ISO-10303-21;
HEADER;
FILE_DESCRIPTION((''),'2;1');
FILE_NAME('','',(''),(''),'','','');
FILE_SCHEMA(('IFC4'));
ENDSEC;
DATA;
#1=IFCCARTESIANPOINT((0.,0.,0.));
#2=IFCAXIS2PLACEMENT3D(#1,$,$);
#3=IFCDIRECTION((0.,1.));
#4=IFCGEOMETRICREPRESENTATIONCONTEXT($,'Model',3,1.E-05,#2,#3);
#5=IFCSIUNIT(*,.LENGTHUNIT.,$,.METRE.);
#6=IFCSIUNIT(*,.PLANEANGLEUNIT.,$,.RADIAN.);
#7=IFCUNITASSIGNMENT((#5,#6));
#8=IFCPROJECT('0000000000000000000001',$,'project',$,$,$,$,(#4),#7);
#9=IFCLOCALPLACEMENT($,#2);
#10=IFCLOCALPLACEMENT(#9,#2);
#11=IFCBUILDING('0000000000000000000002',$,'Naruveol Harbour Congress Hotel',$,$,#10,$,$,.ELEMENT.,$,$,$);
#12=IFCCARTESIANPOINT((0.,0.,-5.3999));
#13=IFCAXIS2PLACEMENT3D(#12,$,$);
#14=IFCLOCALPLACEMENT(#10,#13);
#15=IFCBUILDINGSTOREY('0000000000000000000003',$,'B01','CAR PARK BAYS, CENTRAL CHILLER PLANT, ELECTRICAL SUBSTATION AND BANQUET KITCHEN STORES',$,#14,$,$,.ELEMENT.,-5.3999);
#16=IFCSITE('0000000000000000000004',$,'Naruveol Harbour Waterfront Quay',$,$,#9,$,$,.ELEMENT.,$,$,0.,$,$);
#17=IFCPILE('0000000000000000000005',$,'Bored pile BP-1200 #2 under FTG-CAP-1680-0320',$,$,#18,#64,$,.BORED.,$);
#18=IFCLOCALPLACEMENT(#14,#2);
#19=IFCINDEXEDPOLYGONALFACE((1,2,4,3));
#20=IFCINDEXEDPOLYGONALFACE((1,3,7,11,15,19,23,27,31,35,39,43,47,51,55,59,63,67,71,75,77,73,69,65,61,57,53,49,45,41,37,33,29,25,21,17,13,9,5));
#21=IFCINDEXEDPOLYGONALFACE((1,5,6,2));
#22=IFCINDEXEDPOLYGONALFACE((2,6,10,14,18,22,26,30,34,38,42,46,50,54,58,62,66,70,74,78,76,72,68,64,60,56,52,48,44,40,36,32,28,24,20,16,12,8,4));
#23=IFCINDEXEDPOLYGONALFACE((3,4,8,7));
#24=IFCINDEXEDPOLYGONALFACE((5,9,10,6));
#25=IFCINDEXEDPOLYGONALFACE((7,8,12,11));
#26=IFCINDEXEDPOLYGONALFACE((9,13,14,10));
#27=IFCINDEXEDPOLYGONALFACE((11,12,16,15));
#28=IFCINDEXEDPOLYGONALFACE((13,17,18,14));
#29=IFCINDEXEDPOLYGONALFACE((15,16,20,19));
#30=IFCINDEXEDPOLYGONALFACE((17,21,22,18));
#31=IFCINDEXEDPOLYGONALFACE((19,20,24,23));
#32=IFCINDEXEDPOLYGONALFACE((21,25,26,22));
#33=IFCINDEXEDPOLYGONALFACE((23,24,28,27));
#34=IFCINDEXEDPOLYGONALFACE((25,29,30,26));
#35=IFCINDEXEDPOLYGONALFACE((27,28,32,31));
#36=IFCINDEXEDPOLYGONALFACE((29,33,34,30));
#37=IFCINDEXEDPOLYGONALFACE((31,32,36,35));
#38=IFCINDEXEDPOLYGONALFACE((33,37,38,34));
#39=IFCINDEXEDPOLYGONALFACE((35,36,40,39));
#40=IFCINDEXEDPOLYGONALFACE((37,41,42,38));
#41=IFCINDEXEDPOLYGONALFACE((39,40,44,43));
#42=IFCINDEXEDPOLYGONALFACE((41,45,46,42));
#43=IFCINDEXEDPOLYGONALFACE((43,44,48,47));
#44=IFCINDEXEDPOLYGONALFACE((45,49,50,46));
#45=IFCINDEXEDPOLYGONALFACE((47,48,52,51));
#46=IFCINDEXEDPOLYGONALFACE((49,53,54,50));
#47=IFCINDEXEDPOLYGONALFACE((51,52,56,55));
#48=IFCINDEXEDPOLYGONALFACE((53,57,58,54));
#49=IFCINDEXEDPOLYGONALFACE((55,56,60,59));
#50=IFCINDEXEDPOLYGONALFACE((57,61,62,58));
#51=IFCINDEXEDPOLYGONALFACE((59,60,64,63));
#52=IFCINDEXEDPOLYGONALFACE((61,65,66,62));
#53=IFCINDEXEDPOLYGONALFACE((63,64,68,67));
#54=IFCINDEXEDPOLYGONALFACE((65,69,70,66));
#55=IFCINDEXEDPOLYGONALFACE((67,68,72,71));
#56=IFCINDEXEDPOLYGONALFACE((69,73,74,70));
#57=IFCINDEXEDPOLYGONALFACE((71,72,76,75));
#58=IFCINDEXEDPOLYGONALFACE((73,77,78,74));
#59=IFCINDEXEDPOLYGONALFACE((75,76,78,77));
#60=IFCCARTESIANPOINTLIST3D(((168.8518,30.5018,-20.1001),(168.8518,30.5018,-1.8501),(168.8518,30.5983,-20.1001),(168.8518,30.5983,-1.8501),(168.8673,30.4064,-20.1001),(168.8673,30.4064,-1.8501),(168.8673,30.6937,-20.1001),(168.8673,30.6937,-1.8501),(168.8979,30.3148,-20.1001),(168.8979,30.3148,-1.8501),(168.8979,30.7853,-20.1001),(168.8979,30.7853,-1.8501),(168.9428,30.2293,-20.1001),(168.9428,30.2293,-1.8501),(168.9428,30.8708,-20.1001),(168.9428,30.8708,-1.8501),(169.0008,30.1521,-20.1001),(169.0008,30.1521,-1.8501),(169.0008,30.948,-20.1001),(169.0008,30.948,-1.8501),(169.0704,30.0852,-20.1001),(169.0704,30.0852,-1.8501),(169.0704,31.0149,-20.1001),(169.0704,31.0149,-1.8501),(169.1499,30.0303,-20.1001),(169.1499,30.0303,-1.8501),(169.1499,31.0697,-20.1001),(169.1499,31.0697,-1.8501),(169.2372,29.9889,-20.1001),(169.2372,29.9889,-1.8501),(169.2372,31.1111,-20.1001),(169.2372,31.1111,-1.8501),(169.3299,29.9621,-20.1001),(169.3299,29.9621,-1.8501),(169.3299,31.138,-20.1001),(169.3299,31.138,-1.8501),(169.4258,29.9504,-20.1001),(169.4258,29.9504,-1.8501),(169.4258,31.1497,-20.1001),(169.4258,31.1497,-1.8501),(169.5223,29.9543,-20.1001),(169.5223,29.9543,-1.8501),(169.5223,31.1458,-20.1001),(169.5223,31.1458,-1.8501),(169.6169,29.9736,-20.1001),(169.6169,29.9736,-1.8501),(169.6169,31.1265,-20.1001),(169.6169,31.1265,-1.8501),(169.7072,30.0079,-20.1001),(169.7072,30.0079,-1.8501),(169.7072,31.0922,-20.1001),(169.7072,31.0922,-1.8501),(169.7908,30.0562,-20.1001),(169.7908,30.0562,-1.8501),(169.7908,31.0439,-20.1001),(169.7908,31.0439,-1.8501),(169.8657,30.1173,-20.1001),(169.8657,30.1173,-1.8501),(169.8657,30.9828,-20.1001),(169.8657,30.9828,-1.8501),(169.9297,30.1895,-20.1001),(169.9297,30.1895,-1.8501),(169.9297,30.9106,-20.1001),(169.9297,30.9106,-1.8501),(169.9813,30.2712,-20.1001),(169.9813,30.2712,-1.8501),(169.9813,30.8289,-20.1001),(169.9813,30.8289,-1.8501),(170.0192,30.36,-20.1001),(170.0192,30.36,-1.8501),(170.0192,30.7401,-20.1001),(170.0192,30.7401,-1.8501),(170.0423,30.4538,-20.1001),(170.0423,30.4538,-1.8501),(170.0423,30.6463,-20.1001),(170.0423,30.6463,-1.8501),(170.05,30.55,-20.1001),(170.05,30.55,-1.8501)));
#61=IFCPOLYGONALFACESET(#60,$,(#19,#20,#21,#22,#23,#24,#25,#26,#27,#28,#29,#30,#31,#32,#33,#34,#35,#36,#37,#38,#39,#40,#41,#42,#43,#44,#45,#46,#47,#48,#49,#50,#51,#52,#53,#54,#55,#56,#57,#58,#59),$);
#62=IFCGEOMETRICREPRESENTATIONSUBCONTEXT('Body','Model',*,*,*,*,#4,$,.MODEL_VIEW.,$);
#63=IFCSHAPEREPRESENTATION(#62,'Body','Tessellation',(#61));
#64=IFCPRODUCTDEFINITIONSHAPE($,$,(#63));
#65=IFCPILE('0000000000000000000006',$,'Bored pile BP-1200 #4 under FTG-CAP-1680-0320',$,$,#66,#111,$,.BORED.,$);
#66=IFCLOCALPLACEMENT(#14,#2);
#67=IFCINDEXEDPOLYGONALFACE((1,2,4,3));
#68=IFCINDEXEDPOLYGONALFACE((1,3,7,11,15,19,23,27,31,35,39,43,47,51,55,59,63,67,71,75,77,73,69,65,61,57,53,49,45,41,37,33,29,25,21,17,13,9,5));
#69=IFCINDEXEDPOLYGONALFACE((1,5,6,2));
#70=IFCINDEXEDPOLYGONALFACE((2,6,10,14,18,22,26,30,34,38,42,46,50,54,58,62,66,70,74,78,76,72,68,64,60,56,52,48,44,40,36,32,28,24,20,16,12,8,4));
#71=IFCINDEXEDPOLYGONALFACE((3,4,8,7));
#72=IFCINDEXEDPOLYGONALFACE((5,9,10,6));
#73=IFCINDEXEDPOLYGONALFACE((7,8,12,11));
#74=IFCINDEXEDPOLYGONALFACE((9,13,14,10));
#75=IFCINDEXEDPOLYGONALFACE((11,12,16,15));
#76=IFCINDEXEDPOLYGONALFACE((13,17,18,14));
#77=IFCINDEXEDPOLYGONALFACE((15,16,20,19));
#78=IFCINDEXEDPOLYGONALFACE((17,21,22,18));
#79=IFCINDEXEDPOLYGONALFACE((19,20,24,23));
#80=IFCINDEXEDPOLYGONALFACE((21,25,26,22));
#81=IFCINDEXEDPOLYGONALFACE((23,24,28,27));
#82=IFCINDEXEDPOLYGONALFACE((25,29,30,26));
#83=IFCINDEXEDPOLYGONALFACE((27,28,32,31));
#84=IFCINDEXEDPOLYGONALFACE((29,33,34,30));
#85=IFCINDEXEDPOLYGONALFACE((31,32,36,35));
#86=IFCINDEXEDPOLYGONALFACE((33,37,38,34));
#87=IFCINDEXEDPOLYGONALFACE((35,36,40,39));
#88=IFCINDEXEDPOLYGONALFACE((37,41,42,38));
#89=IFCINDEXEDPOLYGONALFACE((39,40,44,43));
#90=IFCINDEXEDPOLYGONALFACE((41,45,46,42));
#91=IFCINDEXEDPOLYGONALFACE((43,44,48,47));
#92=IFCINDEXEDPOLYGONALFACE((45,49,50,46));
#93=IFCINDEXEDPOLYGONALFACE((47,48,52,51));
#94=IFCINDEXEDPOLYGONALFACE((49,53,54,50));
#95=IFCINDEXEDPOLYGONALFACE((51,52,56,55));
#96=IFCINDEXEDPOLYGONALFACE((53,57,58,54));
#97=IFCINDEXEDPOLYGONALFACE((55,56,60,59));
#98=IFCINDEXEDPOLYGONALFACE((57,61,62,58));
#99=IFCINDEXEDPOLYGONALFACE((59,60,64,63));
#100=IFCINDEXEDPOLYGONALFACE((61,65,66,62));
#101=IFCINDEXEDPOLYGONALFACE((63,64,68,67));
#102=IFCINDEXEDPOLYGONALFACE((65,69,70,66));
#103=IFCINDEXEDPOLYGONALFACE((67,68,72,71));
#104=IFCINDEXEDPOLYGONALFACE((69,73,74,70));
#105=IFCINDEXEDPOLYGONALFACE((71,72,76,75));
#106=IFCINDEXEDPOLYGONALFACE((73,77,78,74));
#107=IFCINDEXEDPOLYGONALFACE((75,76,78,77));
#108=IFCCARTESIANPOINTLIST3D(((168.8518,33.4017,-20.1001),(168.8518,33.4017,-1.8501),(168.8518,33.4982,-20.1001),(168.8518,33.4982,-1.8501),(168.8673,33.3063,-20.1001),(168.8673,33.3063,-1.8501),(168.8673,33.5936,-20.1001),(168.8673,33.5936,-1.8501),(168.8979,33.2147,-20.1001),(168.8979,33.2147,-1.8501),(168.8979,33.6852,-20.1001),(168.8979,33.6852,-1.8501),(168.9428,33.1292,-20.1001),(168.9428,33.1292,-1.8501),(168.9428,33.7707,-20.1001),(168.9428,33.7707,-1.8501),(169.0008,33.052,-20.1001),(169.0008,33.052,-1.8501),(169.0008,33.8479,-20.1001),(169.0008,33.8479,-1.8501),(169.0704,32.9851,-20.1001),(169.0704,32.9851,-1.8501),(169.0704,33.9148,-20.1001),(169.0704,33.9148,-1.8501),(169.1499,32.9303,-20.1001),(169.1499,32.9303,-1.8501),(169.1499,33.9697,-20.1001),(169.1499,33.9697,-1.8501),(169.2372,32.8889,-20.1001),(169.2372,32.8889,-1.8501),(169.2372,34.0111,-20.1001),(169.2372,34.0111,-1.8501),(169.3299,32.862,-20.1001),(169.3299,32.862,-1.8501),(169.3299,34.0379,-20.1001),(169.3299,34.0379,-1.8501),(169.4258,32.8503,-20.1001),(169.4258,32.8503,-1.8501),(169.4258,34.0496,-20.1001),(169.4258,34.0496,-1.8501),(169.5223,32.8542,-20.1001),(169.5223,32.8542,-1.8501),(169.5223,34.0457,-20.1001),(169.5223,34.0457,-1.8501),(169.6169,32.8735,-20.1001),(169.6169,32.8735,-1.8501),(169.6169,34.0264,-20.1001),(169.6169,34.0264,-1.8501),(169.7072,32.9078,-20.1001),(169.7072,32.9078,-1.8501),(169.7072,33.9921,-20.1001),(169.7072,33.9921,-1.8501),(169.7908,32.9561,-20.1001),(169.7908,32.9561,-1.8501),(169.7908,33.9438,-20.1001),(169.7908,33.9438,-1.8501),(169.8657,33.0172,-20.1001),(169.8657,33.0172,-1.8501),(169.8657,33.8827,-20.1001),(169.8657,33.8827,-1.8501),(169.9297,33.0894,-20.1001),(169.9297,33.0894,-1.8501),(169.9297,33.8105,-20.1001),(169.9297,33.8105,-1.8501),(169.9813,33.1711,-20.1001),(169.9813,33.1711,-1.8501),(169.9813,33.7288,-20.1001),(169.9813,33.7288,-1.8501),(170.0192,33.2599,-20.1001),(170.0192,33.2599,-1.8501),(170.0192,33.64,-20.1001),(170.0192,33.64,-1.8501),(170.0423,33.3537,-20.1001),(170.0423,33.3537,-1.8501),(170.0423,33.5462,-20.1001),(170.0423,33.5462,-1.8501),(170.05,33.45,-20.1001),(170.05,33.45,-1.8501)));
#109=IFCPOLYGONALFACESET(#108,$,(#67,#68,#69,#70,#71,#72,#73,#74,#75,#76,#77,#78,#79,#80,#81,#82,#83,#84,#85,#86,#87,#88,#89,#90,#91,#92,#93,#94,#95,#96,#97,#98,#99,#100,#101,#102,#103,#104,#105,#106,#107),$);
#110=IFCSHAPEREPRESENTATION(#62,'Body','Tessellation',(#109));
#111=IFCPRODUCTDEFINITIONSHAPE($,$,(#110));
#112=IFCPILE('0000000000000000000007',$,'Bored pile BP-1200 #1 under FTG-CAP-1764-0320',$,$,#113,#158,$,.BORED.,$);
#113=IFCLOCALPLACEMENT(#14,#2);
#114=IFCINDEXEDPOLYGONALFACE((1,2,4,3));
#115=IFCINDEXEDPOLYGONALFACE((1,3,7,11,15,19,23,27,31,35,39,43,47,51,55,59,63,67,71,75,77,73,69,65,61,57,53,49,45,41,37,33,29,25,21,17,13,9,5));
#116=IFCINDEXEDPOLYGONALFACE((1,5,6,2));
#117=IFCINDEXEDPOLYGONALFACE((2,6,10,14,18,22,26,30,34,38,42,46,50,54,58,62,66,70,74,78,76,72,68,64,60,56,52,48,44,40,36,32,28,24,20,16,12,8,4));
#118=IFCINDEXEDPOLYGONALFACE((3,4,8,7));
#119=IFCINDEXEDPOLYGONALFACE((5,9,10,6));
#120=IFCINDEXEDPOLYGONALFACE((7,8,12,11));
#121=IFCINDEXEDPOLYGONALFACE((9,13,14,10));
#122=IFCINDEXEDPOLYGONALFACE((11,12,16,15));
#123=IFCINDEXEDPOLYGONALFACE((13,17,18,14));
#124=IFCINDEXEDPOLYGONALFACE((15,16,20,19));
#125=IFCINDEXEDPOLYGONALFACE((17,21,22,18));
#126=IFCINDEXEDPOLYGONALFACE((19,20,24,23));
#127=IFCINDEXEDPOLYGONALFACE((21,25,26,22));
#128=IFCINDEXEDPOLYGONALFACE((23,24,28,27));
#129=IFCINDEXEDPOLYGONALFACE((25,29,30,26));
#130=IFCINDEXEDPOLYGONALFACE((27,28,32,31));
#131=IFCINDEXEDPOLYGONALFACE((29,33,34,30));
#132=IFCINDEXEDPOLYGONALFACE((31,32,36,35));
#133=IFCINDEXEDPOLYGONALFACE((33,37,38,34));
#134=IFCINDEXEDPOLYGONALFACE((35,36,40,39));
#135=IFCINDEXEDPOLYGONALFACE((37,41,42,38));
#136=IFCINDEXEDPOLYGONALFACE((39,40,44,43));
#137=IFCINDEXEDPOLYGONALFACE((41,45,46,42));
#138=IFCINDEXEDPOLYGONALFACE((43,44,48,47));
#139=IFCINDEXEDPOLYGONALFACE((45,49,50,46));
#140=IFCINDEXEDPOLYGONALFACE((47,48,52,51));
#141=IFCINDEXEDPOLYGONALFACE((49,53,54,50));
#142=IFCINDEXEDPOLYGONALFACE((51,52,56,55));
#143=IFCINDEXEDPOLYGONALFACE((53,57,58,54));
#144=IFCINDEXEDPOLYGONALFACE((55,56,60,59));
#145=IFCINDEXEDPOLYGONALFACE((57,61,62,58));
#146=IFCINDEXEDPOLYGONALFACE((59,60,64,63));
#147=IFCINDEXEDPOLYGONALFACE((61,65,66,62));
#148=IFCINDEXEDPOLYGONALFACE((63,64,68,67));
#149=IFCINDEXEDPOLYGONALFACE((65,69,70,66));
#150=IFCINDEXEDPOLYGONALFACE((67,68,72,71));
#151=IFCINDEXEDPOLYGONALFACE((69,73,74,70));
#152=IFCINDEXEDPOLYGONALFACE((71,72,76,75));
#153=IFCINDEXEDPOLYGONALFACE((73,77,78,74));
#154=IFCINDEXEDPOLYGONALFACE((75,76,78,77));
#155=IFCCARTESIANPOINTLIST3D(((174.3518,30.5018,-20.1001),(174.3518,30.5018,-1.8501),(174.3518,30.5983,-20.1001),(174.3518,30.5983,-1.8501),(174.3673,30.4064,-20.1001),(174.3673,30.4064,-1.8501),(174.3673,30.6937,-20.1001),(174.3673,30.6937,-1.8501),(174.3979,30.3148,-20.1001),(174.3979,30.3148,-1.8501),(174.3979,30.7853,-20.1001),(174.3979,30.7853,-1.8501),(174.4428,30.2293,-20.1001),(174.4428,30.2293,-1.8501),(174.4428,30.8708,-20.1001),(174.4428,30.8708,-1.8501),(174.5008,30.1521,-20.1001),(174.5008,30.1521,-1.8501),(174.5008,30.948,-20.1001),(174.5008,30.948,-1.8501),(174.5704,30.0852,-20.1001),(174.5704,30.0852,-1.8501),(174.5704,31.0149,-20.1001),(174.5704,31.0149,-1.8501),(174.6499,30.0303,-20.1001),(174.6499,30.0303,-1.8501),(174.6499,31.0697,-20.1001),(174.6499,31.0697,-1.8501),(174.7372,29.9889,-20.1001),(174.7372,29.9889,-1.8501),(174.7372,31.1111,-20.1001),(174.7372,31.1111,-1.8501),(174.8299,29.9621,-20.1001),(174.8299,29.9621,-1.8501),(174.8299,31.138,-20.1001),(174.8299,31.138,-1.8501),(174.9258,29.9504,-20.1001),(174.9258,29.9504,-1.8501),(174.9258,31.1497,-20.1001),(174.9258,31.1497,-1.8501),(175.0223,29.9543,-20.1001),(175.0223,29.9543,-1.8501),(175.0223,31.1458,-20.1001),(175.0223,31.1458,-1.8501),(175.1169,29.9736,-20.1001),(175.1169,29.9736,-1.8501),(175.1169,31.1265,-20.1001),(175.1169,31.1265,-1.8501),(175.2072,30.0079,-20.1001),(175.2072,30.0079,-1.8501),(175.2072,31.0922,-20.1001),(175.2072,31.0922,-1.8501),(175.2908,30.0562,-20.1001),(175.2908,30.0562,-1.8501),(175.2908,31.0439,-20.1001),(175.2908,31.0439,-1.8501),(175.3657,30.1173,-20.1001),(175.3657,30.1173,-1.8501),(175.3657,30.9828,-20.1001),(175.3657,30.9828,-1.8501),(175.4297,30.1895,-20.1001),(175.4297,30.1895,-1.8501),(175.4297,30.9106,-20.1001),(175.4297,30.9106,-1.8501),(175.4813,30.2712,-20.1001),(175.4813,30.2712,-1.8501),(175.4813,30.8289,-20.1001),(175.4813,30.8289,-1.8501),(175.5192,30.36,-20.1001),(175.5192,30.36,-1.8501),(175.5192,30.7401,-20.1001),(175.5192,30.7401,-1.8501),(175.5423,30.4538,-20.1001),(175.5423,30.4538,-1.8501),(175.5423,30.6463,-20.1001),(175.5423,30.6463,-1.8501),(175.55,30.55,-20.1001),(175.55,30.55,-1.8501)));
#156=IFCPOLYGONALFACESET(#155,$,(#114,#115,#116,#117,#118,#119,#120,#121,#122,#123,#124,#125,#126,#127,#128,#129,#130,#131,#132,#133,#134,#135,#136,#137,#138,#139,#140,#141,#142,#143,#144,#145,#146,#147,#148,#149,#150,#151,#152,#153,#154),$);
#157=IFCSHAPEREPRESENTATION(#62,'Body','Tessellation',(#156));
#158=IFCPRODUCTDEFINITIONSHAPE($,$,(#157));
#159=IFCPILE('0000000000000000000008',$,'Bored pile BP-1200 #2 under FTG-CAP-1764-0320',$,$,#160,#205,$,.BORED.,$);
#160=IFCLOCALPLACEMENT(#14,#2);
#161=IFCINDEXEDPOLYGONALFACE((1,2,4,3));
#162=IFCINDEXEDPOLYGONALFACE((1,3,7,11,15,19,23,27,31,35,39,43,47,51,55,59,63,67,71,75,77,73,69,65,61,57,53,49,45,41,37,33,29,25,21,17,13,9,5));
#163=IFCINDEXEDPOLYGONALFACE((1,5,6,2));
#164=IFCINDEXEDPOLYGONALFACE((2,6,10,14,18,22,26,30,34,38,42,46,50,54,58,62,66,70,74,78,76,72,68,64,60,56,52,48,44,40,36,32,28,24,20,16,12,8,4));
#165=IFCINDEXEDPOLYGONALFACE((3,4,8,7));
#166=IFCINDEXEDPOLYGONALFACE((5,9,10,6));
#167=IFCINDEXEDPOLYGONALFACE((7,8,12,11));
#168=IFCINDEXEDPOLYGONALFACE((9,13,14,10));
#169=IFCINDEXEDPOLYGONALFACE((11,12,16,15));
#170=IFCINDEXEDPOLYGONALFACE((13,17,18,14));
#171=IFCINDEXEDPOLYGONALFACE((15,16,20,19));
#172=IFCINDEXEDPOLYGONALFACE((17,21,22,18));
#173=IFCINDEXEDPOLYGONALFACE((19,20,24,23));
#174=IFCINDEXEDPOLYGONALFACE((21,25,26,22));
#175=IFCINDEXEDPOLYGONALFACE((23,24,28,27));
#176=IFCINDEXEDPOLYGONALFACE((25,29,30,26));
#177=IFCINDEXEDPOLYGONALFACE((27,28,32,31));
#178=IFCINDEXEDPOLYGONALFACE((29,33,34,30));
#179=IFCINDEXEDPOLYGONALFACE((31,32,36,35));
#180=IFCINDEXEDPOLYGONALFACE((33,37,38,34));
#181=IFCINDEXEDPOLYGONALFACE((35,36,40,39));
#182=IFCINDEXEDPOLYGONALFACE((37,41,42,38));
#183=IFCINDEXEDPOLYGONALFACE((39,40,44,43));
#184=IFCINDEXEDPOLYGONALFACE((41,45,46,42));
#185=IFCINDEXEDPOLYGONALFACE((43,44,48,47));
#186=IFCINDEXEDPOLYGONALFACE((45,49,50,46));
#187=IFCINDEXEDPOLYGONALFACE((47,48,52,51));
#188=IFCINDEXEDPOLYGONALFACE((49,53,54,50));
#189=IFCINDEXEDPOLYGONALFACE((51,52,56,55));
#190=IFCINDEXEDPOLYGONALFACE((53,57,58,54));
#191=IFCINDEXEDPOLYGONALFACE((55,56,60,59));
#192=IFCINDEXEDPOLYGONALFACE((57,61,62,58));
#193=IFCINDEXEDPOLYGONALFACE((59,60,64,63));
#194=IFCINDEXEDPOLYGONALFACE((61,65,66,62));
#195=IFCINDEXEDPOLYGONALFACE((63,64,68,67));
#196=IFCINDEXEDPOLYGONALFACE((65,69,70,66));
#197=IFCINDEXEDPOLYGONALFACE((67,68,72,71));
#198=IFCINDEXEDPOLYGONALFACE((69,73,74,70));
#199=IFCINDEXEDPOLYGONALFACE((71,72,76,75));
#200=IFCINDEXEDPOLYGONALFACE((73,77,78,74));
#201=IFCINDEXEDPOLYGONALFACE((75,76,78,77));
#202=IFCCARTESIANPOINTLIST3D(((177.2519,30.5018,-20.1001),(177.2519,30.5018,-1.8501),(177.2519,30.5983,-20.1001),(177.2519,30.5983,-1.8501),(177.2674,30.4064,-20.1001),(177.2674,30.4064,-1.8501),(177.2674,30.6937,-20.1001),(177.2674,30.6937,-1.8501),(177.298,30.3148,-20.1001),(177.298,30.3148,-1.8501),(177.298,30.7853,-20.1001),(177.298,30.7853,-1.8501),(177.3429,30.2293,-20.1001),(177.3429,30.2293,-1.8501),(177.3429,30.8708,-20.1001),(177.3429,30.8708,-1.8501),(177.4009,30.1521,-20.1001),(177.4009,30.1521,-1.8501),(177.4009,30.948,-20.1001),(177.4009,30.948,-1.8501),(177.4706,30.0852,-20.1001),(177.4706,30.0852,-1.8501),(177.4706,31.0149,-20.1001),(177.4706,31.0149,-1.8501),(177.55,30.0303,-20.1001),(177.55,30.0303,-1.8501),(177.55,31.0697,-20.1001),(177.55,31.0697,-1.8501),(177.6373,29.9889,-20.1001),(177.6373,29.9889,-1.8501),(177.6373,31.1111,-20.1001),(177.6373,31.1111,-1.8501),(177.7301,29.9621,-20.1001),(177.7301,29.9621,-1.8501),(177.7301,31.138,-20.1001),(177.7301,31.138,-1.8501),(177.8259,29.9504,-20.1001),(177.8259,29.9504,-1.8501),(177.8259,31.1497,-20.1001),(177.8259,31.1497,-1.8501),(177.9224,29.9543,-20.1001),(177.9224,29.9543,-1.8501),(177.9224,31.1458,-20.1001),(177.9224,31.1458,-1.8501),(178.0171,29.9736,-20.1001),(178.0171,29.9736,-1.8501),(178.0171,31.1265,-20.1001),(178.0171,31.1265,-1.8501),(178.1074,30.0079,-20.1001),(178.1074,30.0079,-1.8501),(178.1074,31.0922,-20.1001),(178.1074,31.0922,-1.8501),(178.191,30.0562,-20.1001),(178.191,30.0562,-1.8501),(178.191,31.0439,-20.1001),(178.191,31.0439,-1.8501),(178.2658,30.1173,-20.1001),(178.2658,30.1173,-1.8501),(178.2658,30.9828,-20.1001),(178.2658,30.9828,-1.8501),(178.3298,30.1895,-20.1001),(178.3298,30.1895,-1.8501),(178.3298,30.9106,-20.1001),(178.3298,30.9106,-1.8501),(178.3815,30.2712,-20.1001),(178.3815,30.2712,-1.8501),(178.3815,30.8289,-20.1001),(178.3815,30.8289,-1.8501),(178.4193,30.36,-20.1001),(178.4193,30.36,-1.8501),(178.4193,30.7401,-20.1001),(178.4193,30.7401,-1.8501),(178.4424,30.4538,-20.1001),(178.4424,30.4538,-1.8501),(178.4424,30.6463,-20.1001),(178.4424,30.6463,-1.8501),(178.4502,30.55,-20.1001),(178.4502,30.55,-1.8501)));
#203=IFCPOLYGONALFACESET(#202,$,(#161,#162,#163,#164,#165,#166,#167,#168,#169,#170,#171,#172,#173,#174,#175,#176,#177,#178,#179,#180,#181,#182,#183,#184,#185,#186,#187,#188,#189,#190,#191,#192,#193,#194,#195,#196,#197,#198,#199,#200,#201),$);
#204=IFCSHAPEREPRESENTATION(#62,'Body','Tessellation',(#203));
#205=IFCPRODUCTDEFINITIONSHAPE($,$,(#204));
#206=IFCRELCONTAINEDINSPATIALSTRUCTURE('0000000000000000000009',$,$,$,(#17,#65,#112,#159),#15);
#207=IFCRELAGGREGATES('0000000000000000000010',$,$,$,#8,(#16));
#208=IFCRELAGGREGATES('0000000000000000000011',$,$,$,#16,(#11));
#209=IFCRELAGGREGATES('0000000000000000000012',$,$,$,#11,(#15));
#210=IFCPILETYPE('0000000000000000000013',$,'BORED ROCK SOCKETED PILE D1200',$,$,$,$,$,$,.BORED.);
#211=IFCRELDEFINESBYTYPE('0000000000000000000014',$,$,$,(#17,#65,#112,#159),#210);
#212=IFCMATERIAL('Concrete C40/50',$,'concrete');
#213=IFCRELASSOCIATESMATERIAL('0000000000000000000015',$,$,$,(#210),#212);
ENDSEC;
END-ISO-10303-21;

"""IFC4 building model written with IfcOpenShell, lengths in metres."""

from ifc_helpers import new_model, si_unit, direction, frame, origin, origin_2d, place, context, subcontext, project, spatial, circle, extrude, material, material_profile, profile_set, type_object, element, save


model = new_model("IFC4")

# Units and contexts
model_context = context("Model", 3, precision=1e-05, world=origin(), true_north=direction((0.0, 1.0)))
body_context = subcontext(model_context, "Body", "Model", "MODEL_VIEW")
ifc_project = project(units=[si_unit("LENGTHUNIT", "METRE"), si_unit("PLANEANGLEUNIT", "RADIAN")], contexts=[model_context])

# Site, building, storey
site_placement = place(None, origin())
site = spatial("IfcSite", under=ifc_project, at=site_placement, Name="Naruveol Harbour Waterfront Quay", CompositionType="ELEMENT", RefElevation=0.0)
building_placement = place(site_placement, origin())
building = spatial("IfcBuilding", under=site, at=building_placement, Name="Naruveol Harbour Congress Hotel", CompositionType="ELEMENT")
storey_placement = place(building_placement, frame((0.0, 0.0, -5.3999)))
storey = spatial("IfcBuildingStorey", under=building, at=storey_placement, Name="B01", Description="CAR PARK BAYS, CENTRAL CHILLER PLANT, ELECTRICAL SUBSTATION AND BANQUET KITCHEN STORES", CompositionType="ELEMENT", Elevation=-5.3999)

# Piles
ifc_material_1 = material(Name="Concrete C40/50", Category="concrete")
ifc_material_profile_1 = material_profile(ifc_material_1, circle(Radius=0.6001, at=origin_2d()), Name="BP-1200")
ifc_profile_set_1 = profile_set([ifc_material_profile_1], Name="Concrete C40/50")
pile_type = type_object("IfcPileType", Name="BORED ROCK SOCKETED PILE D1200", PredefinedType="BORED", material=ifc_profile_set_1)
for number, where, z_axis, x_axis, name in (
    (1, (169.45, 30.55, -1.8501), (0.0, 0.0, -1.0), (1.0, 0.0, 0.0), "Bored pile BP-1200 #2 under FTG-CAP-1680-0320"),
    (2, (169.45, 33.45, -1.8501), (0.0, 0.0, -1.0), (1.0, 0.0, 0.0), "Bored pile BP-1200 #4 under FTG-CAP-1680-0320"),
    (3, (174.95, 30.55, -1.8501), (0.0, 0.0, -1.0), (1.0, 0.0, 0.0), "Bored pile BP-1200 #1 under FTG-CAP-1764-0320"),
    (4, (177.8501, 30.55, -1.8501), (0.0, 0.0, -1.0), (1.0, 0.0, 0.0), "Bored pile BP-1200 #2 under FTG-CAP-1764-0320"),
):
    element("IfcPile", number, at=place(storey_placement, frame(where, z_axis=z_axis, x_axis=x_axis)), inside=storey, type_object=pile_type, Name=name, PredefinedType="BORED", context=body_context, shape_type="SweptSolid", body=[
        extrude(circle(Radius=0.6001, at=origin_2d()), origin(), (0.0, 0.0, 1.0), 18.25),
    ])

save(model, "model.ifc")
